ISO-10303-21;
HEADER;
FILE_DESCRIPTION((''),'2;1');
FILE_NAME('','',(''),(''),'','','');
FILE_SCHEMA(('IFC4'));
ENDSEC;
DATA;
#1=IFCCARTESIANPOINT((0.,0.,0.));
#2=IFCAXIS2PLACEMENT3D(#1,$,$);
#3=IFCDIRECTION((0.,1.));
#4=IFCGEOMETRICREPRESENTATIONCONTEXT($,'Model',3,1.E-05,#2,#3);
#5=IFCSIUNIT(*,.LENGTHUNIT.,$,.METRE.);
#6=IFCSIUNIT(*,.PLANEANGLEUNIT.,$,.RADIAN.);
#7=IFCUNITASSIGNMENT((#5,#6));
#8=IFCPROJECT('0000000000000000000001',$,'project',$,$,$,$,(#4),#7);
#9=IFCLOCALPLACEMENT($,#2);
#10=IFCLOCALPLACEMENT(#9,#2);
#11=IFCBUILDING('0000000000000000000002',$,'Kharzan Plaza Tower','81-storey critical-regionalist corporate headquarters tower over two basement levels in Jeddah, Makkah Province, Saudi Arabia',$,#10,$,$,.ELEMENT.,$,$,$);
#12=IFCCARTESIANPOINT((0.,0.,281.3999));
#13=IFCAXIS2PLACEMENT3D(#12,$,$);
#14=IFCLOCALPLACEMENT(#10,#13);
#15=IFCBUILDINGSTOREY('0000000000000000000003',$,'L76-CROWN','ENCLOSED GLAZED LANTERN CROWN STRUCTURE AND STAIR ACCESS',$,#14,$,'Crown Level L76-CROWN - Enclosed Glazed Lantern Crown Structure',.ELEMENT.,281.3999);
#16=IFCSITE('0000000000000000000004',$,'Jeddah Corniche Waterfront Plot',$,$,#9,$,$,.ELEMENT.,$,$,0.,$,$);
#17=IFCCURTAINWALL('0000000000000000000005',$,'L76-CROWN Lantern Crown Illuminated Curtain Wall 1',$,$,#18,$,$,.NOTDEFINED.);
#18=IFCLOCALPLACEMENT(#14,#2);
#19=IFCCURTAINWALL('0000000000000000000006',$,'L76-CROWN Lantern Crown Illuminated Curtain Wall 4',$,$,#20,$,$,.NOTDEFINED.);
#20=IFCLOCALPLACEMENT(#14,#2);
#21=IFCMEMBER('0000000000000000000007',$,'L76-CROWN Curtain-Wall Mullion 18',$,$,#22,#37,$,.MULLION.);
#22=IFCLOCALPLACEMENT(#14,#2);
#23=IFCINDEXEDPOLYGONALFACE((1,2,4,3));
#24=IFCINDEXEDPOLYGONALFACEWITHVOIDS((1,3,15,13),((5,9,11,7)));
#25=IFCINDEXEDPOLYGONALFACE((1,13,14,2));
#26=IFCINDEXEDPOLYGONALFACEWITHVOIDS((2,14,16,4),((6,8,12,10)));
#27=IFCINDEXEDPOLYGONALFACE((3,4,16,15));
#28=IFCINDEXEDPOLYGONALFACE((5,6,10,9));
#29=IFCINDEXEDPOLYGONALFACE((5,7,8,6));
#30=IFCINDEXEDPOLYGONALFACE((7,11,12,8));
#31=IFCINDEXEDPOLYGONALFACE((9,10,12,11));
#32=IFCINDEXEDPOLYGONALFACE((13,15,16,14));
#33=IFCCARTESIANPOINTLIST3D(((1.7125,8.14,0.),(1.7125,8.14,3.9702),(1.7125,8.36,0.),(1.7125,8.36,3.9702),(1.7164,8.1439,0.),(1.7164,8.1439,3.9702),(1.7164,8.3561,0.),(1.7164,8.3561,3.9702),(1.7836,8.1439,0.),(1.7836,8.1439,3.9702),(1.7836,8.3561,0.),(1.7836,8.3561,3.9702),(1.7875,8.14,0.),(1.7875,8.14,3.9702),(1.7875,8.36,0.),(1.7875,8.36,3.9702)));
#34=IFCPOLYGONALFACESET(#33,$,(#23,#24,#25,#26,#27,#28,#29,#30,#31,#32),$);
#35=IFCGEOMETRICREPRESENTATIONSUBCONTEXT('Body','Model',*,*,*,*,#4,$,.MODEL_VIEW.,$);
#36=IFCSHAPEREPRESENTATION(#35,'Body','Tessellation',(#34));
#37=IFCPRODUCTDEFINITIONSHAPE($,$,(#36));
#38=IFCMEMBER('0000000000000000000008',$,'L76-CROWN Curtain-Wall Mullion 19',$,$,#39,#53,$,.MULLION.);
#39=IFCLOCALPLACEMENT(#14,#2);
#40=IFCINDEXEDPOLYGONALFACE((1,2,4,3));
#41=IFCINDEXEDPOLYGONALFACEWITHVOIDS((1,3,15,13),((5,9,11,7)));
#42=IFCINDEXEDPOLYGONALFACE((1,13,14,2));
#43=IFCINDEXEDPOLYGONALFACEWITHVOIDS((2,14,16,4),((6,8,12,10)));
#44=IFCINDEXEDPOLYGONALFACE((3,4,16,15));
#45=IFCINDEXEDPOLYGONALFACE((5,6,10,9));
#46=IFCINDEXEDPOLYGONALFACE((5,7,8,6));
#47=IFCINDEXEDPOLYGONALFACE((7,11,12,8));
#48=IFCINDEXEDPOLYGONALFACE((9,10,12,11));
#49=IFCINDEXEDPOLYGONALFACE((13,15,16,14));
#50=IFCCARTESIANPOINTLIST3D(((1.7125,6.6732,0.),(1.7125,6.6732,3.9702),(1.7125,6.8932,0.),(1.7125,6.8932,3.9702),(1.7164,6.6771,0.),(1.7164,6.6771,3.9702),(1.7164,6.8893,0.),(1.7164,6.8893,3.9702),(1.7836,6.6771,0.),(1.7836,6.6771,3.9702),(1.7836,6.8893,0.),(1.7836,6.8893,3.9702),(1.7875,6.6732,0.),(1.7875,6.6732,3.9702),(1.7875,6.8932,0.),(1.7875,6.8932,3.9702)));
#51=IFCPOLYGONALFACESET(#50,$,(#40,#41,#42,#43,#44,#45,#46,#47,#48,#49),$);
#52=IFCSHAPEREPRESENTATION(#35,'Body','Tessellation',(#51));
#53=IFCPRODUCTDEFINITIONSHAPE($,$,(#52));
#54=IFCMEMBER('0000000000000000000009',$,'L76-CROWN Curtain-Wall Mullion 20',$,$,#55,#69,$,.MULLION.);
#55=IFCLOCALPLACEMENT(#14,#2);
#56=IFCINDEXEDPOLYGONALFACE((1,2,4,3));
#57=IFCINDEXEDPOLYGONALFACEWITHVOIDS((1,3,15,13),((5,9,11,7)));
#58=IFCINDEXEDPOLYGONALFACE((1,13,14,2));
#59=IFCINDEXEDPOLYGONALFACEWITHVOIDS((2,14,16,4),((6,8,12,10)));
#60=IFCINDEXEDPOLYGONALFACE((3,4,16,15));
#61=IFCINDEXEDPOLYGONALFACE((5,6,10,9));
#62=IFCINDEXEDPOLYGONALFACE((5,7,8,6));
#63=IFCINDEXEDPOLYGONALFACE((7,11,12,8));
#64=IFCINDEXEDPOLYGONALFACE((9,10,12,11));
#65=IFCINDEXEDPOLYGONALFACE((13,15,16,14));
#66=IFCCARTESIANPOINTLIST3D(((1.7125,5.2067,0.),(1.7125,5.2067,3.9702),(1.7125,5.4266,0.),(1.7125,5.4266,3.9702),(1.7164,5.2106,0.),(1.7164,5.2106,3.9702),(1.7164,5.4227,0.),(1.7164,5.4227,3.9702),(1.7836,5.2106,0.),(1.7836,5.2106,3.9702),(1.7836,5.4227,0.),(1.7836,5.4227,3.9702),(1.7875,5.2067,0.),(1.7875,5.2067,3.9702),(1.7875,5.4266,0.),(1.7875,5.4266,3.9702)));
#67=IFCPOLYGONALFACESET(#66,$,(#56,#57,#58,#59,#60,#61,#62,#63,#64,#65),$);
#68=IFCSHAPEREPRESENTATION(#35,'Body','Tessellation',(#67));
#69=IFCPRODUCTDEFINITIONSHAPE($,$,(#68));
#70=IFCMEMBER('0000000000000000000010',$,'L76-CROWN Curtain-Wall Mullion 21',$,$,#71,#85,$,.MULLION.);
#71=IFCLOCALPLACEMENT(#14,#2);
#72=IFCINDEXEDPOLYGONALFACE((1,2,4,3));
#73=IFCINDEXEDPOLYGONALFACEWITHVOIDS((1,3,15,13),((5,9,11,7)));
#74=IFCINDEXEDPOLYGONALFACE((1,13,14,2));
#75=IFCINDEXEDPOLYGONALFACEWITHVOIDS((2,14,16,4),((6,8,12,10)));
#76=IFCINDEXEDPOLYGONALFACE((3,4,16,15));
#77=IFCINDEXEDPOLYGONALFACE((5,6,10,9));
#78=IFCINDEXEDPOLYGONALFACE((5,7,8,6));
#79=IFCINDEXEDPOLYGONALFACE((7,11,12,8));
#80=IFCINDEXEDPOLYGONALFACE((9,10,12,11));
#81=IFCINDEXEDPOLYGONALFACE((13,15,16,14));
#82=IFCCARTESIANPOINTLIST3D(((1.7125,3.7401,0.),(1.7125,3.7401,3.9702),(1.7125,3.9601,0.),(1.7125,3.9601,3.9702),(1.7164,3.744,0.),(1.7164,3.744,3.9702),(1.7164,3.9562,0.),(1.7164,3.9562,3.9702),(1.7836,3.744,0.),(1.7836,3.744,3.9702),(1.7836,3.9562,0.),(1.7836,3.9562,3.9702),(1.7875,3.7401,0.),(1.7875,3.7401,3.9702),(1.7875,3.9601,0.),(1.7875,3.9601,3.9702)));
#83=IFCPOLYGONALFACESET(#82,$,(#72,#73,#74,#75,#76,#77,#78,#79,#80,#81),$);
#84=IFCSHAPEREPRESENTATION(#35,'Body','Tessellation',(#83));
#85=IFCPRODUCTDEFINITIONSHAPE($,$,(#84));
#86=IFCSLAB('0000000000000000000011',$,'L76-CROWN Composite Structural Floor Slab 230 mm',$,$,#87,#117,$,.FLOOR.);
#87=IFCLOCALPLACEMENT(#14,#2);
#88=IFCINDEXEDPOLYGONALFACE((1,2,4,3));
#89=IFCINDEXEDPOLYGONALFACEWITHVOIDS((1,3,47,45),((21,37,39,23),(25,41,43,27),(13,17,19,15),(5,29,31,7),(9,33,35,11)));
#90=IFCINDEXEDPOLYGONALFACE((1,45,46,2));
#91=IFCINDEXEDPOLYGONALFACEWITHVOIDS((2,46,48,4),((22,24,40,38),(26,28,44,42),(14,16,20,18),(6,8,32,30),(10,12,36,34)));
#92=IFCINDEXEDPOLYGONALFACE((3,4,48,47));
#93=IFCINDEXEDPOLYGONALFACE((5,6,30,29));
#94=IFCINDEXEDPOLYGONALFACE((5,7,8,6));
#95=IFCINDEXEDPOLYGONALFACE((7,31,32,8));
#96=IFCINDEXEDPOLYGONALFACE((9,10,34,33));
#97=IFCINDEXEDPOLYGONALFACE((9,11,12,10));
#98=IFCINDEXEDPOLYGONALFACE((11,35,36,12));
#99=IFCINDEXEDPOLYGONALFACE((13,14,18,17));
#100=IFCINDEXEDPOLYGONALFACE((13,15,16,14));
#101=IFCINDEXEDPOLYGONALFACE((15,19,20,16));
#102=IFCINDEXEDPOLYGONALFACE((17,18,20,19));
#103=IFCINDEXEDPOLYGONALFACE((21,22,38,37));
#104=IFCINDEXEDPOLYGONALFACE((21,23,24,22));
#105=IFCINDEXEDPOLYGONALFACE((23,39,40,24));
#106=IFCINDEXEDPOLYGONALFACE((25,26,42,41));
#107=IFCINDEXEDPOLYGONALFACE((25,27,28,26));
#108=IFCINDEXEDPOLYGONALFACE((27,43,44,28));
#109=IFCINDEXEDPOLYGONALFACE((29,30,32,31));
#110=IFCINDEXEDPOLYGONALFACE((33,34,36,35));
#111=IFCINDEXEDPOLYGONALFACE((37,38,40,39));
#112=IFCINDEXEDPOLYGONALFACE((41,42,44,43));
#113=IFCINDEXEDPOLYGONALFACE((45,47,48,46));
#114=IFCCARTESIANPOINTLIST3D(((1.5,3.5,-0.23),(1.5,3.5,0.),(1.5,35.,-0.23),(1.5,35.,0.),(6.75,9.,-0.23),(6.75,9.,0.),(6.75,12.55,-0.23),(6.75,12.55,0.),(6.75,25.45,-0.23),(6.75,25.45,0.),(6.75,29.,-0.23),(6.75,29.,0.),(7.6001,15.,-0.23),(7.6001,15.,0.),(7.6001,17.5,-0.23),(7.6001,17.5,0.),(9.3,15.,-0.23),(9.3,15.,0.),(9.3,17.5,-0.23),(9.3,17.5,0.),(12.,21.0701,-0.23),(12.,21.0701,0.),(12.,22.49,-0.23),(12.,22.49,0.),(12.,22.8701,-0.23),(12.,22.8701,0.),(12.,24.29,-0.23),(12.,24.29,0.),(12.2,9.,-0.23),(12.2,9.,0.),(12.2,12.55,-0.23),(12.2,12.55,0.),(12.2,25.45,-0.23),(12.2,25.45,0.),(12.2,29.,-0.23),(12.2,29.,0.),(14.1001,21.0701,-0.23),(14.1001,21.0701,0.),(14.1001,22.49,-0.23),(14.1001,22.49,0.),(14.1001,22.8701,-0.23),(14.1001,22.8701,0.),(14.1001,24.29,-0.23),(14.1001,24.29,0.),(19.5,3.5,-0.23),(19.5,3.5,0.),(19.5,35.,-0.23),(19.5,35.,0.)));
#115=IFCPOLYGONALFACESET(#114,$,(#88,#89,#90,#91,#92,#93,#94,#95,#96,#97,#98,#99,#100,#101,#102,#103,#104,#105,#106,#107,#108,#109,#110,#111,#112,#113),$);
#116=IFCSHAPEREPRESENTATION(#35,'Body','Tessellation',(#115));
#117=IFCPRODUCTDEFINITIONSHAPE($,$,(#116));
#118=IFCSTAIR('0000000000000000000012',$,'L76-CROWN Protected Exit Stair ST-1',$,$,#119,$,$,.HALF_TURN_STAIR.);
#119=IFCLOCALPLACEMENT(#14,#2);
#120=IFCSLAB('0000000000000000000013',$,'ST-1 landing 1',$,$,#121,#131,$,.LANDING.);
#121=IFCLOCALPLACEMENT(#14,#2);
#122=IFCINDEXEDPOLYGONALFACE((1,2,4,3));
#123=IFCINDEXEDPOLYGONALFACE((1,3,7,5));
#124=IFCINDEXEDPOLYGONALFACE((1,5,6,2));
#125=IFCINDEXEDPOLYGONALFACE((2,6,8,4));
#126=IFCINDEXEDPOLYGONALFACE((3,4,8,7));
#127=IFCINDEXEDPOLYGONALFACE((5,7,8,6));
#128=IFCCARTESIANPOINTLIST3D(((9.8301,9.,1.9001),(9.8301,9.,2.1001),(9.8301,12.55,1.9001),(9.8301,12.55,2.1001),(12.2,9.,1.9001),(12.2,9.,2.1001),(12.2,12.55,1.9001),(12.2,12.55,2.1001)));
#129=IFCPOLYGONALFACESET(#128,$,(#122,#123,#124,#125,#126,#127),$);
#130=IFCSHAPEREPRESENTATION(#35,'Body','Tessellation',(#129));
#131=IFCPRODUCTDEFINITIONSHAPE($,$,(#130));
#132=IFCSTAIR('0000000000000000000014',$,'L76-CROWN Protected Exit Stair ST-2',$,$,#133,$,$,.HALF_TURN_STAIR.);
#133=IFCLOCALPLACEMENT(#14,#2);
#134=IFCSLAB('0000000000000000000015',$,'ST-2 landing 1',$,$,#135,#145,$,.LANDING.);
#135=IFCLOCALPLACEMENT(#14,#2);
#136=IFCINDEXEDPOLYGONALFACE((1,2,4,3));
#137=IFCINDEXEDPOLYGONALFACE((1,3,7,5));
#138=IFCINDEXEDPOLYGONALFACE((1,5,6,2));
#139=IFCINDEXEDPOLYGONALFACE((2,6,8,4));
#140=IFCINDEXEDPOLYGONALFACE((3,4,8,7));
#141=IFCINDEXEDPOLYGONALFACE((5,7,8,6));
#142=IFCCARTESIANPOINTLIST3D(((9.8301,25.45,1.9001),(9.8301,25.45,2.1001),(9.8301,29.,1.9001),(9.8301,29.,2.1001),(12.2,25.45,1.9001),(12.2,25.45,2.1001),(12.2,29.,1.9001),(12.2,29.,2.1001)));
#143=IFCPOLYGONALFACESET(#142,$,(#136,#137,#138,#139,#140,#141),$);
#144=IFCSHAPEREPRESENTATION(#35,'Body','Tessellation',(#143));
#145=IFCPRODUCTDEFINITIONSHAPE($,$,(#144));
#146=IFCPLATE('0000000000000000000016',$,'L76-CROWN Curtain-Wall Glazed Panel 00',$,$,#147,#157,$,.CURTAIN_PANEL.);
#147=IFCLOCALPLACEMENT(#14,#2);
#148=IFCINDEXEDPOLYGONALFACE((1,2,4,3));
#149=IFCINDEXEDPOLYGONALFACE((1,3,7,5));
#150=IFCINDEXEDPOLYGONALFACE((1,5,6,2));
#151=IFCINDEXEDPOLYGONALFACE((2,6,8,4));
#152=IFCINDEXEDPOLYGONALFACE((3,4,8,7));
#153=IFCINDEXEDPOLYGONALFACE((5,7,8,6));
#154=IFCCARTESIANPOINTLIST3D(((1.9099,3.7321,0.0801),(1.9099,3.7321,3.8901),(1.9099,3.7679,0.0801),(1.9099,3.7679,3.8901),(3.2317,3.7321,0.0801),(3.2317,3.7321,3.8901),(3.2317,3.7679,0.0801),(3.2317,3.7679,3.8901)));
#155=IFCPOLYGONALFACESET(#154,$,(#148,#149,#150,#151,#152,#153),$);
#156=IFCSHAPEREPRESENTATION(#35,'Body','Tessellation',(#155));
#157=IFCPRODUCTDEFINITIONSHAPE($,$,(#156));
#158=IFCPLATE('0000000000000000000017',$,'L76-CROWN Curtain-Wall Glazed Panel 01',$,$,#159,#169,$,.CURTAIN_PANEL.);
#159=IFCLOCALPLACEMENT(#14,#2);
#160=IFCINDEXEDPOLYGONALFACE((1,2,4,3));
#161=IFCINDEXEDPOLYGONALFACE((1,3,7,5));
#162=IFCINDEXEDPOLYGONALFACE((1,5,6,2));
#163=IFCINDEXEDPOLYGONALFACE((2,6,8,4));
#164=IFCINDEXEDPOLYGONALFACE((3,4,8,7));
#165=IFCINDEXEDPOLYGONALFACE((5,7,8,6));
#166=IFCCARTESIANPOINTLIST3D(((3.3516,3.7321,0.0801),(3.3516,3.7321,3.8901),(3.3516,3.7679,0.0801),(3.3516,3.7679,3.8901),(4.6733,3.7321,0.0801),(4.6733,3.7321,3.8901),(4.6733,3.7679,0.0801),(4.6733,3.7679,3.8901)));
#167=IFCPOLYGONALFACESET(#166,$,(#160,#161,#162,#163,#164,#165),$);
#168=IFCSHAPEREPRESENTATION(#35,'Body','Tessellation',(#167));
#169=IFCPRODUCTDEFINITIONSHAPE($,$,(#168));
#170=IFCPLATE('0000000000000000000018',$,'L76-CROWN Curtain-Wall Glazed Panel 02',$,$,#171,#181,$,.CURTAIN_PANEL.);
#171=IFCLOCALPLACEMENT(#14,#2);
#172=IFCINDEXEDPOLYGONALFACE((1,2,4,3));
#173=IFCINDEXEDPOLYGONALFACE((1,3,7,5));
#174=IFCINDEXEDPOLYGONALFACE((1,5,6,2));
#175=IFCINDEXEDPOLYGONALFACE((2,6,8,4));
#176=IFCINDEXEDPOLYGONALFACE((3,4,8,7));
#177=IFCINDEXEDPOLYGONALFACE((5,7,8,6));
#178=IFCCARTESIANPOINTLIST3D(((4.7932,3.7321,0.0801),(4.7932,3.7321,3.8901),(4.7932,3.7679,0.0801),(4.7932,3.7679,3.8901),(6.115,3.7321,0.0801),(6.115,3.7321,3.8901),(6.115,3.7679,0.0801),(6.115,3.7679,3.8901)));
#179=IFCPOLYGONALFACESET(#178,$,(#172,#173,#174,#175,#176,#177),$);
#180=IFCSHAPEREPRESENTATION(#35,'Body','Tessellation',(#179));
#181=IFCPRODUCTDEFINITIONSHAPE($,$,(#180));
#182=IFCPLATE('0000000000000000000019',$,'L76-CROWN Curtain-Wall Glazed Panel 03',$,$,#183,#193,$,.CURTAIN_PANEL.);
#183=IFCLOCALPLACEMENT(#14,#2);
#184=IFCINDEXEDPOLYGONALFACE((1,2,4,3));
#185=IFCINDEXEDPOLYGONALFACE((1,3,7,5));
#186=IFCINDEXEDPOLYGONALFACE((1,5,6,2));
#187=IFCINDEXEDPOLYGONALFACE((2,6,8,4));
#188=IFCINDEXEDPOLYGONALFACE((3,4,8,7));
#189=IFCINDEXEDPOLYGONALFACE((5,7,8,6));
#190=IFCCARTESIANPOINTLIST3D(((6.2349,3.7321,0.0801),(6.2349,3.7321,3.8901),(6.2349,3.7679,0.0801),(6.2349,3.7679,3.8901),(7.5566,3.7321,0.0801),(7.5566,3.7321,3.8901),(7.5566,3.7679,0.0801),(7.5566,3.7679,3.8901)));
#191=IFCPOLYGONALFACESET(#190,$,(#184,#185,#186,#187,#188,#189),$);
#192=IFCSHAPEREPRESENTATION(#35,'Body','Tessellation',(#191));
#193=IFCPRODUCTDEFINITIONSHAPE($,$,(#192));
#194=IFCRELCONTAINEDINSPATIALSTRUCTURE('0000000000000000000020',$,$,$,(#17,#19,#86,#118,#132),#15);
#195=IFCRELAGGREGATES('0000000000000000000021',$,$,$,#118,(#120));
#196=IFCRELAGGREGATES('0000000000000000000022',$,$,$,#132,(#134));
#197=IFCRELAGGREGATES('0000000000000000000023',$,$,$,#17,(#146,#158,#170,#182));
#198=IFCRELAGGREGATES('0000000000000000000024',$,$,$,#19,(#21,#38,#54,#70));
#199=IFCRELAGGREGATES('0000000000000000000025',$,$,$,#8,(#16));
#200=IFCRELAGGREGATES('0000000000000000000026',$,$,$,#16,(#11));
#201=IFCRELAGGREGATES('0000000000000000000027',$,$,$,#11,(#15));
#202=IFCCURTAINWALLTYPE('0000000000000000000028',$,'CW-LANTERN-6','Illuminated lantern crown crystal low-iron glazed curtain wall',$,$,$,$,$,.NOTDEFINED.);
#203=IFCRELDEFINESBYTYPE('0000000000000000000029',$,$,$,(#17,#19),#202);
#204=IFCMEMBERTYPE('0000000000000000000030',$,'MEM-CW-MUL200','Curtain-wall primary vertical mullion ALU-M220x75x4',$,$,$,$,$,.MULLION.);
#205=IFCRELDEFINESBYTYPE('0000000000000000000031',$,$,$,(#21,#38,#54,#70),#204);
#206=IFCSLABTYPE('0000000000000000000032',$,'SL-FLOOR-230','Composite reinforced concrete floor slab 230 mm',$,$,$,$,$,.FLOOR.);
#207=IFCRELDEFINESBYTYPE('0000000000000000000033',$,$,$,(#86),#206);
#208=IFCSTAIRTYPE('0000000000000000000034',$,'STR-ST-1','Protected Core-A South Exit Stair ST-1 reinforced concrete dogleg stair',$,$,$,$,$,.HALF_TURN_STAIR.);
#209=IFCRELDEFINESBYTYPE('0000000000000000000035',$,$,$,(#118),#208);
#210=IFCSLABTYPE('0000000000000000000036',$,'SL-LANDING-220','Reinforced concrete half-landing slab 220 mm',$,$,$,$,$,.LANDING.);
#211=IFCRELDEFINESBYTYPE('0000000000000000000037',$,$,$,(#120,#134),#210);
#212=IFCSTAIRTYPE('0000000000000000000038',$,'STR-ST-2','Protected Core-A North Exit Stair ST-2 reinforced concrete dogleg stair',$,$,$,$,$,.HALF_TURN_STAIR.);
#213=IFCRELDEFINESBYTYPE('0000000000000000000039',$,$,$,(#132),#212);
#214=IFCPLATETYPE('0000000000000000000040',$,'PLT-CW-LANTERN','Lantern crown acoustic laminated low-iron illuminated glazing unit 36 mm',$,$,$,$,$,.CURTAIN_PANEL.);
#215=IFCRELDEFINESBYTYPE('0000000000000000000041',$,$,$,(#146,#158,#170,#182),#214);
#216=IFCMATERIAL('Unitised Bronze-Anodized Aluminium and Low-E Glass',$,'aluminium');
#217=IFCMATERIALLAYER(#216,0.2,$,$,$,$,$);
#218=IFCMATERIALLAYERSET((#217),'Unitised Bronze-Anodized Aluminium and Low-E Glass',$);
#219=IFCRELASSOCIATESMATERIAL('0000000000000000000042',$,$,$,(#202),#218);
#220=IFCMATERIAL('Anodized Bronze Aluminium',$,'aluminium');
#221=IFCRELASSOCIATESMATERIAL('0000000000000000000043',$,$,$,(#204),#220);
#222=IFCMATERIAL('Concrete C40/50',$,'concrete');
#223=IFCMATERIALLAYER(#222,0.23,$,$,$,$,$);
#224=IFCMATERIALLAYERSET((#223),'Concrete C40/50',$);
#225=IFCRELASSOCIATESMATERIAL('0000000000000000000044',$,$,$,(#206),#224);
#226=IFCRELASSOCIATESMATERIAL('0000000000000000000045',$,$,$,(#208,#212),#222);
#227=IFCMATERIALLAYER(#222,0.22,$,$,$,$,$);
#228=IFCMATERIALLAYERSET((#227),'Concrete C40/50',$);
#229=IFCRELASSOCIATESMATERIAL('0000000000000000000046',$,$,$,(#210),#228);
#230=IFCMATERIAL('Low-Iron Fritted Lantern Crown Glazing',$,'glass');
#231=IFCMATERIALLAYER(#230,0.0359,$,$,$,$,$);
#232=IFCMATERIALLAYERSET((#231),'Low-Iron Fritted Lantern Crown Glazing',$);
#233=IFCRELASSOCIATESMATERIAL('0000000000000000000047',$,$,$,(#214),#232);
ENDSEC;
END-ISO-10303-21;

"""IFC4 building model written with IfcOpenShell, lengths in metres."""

from ifc_helpers import new_model, si_unit, direction, frame, origin, origin_2d, place, context, subcontext, project, spatial, polyline, rectangle, hollow_rectangle, outline, extrude, source, transform, mapped, material, layer, layer_set, material_profile, profile_set, type_object, element, aggregate, save


model = new_model("IFC4")

# Units and contexts
model_context = context("Model", 3, precision=1e-05, world=origin(), true_north=direction((0.0, 1.0)))
body_context = subcontext(model_context, "Body", "Model", "MODEL_VIEW")
ifc_project = project(units=[si_unit("LENGTHUNIT", "METRE"), si_unit("PLANEANGLEUNIT", "RADIAN")], contexts=[model_context])

# Site, building, storey
site_placement = place(None, origin())
site = spatial("IfcSite", under=ifc_project, at=site_placement, Name="Jeddah Corniche Waterfront Plot", CompositionType="ELEMENT", RefElevation=0.0)
building_placement = place(site_placement, origin())
building = spatial("IfcBuilding", under=site, at=building_placement, Name="Kharzan Plaza Tower", Description="81-storey critical-regionalist corporate headquarters tower over two basement levels in Jeddah, Makkah Province, Saudi Arabia", CompositionType="ELEMENT")
storey_placement = place(building_placement, frame((0.0, 0.0, 281.3999)))
storey = spatial("IfcBuildingStorey", under=building, at=storey_placement, Name="L76-CROWN", Description="ENCLOSED GLAZED LANTERN CROWN STRUCTURE AND STAIR ACCESS", LongName="Crown Level L76-CROWN - Enclosed Glazed Lantern Crown Structure", CompositionType="ELEMENT", Elevation=281.3999)

# Curtain walls, members
ifc_material_1 = material(Name="Unitised Bronze-Anodized Aluminium and Low-E Glass", Category="aluminium")
ifc_layer_1 = layer(ifc_material_1, 0.2)
ifc_layer_set_1 = layer_set([ifc_layer_1], Name="Unitised Bronze-Anodized Aluminium and Low-E Glass")
curtain_wall_type = type_object("IfcCurtainWallType", Name="CW-LANTERN-6", Description="Illuminated lantern crown crystal low-iron glazed curtain wall", PredefinedType="NOTDEFINED", material=ifc_layer_set_1)
curtain_wall_1_placement = place(storey_placement, origin())
curtain_wall_1 = element("IfcCurtainWall", 1, at=curtain_wall_1_placement, inside=storey, type_object=curtain_wall_type, Name="L76-CROWN Lantern Crown Illuminated Curtain Wall 1", PredefinedType="NOTDEFINED")
ifc_material_2 = material(Name="Anodized Bronze Aluminium", Category="aluminium")
ifc_material_profile_1 = material_profile(ifc_material_2, hollow_rectangle(XDim=0.075, YDim=0.22, WallThickness=0.0039, at=origin_2d()), Name="ALU-M220x75x4")
ifc_profile_set_1 = profile_set([ifc_material_profile_1], Name="Anodized Bronze Aluminium")
member_type_1 = type_object("IfcMemberType", Name="MEM-CW-MUL200", Description="Curtain-wall primary vertical mullion ALU-M220x75x4", PredefinedType="MULLION", material=ifc_profile_set_1)
shared_shape_1 = source(origin(), body_context, "Body", "SweptSolid", [
    extrude(hollow_rectangle(XDim=0.075, YDim=0.22, WallThickness=0.0039, at=origin_2d()), origin(), (0.0, 0.0, 1.0), 3.9702),
])
curtain_wall_2_placement = place(storey_placement, origin())
curtain_wall_2 = element("IfcCurtainWall", 2, at=curtain_wall_2_placement, inside=storey, type_object=curtain_wall_type, Name="L76-CROWN Lantern Crown Illuminated Curtain Wall 4", PredefinedType="NOTDEFINED")
member_1_placement = place(storey_placement, frame((1.75, 8.25, 0.0), z_axis=(0.0, 0.0, 1.0), x_axis=(1.0, 0.0, 0.0)))
member_1 = element("IfcMember", 3, at=member_1_placement, type_object=member_type_1, Name="L76-CROWN Curtain-Wall Mullion 18", PredefinedType="MULLION", context=body_context, shape_type="MappedRepresentation", body=[
    mapped(shared_shape_1, transform((0.0, 0.0, 0.0), x_axis=(1.0, 0.0, 0.0), y_axis=(0.0, 1.0, 0.0), z_axis=(0.0, 0.0, 1.0))),
])
member_2_placement = place(storey_placement, frame((1.75, 6.7832, 0.0), z_axis=(0.0, 0.0, 1.0), x_axis=(1.0, 0.0, 0.0)))
member_2 = element("IfcMember", 4, at=member_2_placement, type_object=member_type_1, Name="L76-CROWN Curtain-Wall Mullion 19", PredefinedType="MULLION", context=body_context, shape_type="MappedRepresentation", body=[
    mapped(shared_shape_1, transform((0.0, 0.0, 0.0), x_axis=(1.0, 0.0, 0.0), y_axis=(0.0, 1.0, 0.0), z_axis=(0.0, 0.0, 1.0))),
])
member_3_placement = place(storey_placement, frame((1.75, 5.3167, 0.0), z_axis=(0.0, 0.0, 1.0), x_axis=(1.0, 0.0, 0.0)))
member_3 = element("IfcMember", 5, at=member_3_placement, type_object=member_type_1, Name="L76-CROWN Curtain-Wall Mullion 20", PredefinedType="MULLION", context=body_context, shape_type="MappedRepresentation", body=[
    mapped(shared_shape_1, transform((0.0, 0.0, 0.0), x_axis=(1.0, 0.0, 0.0), y_axis=(0.0, 1.0, 0.0), z_axis=(0.0, 0.0, 1.0))),
])
member_4_placement = place(storey_placement, frame((1.75, 3.8501, 0.0), z_axis=(0.0, 0.0, 1.0), x_axis=(1.0, 0.0, 0.0)))
member_4 = element("IfcMember", 6, at=member_4_placement, type_object=member_type_1, Name="L76-CROWN Curtain-Wall Mullion 21", PredefinedType="MULLION", context=body_context, shape_type="MappedRepresentation", body=[
    mapped(shared_shape_1, transform((0.0, 0.0, 0.0), x_axis=(1.0, 0.0, 0.0), y_axis=(0.0, 1.0, 0.0), z_axis=(0.0, 0.0, 1.0))),
])

# Slab
ifc_material_3 = material(Name="Concrete C40/50", Category="concrete")
ifc_layer_2 = layer(ifc_material_3, 0.23)
ifc_layer_set_2 = layer_set([ifc_layer_2], Name="Concrete C40/50")
slab_type_1 = type_object("IfcSlabType", Name="SL-FLOOR-230", Description="Composite reinforced concrete floor slab 230 mm", PredefinedType="FLOOR", material=ifc_layer_set_2)
slab_1_placement = place(storey_placement, frame((0.0, 0.0, -0.23)))
element("IfcSlab", 7, at=slab_1_placement, inside=storey, type_object=slab_type_1, Name="L76-CROWN Composite Structural Floor Slab 230 mm", PredefinedType="FLOOR", context=body_context, shape_type="SweptSolid", body=[
    extrude(outline(polyline([(1.5, 3.5), (19.5, 3.5), (19.5, 35.0), (1.5, 35.0), (1.5, 3.5)]), holes=[polyline([(6.75, 12.55), (6.75, 9.0), (12.2, 9.0), (12.2, 12.55), (6.75, 12.55)]), polyline([(7.6001, 17.5), (7.6001, 15.0), (9.3, 15.0), (9.3, 17.5), (7.6001, 17.5)]), polyline([(12.0, 22.49), (12.0, 21.0701), (14.1001, 21.0701), (14.1001, 22.49), (12.0, 22.49)]), polyline([(14.1001, 24.29), (12.0, 24.29), (12.0, 22.8701), (14.1001, 22.8701), (14.1001, 24.29)]), polyline([(12.2, 29.0), (6.75, 29.0), (6.75, 25.45), (12.2, 25.45), (12.2, 29.0)])]), origin(), (0.0, 0.0, 1.0), 0.23),
])

# Stairs, slabs
stair_type_1 = type_object("IfcStairType", Name="STR-ST-1", Description="Protected Core-A South Exit Stair ST-1 reinforced concrete dogleg stair", PredefinedType="HALF_TURN_STAIR", material=ifc_material_3)
stair_1_placement = place(storey_placement, origin())
stair_1 = element("IfcStair", 8, at=stair_1_placement, inside=storey, type_object=stair_type_1, Name="L76-CROWN Protected Exit Stair ST-1", PredefinedType="HALF_TURN_STAIR")
ifc_layer_3 = layer(ifc_material_3, 0.22)
ifc_layer_set_3 = layer_set([ifc_layer_3], Name="Concrete C40/50")
slab_type_2 = type_object("IfcSlabType", Name="SL-LANDING-220", Description="Reinforced concrete half-landing slab 220 mm", PredefinedType="LANDING", material=ifc_layer_set_3)
slab_2_placement = place(storey_placement, frame((0.0, 0.0, 1.9001)))
slab_2 = element("IfcSlab", 9, at=slab_2_placement, type_object=slab_type_2, Name="ST-1 landing 1", PredefinedType="LANDING", context=body_context, shape_type="SweptSolid", body=[
    extrude(outline(polyline([(9.8301, 9.0), (12.2, 9.0), (12.2, 12.55), (9.8301, 12.55), (9.8301, 9.0)])), origin(), (0.0, 0.0, 1.0), 0.2),
])
aggregate(stair_1, [slab_2])
stair_type_2 = type_object("IfcStairType", Name="STR-ST-2", Description="Protected Core-A North Exit Stair ST-2 reinforced concrete dogleg stair", PredefinedType="HALF_TURN_STAIR", material=ifc_material_3)
stair_2_placement = place(storey_placement, origin())
stair_2 = element("IfcStair", 10, at=stair_2_placement, inside=storey, type_object=stair_type_2, Name="L76-CROWN Protected Exit Stair ST-2", PredefinedType="HALF_TURN_STAIR")
slab_3_placement = place(storey_placement, frame((0.0, 0.0, 1.9001)))
slab_3 = element("IfcSlab", 11, at=slab_3_placement, type_object=slab_type_2, Name="ST-2 landing 1", PredefinedType="LANDING", context=body_context, shape_type="SweptSolid", body=[
    extrude(outline(polyline([(9.8301, 25.45), (12.2, 25.45), (12.2, 29.0), (9.8301, 29.0), (9.8301, 25.45)])), origin(), (0.0, 0.0, 1.0), 0.2),
])
aggregate(stair_2, [slab_3])

# Plates
ifc_material_4 = material(Name="Low-Iron Fritted Lantern Crown Glazing", Category="glass")
ifc_layer_4 = layer(ifc_material_4, 0.0359)
ifc_layer_set_4 = layer_set([ifc_layer_4], Name="Low-Iron Fritted Lantern Crown Glazing")
plate_type = type_object("IfcPlateType", Name="PLT-CW-LANTERN", Description="Lantern crown acoustic laminated low-iron illuminated glazing unit 36 mm", PredefinedType="CURTAIN_PANEL", material=ifc_layer_set_4)
shared_shape_2 = source(origin(), body_context, "Body", "SweptSolid", [
    extrude(rectangle(XDim=1.3218, YDim=0.0359, at=origin_2d()), origin(), (0.0, 0.0, 1.0), 3.8101),
])
plate_1_placement = place(storey_placement, frame((2.5708, 3.75, 0.0801), z_axis=(0.0, 0.0, 1.0), x_axis=(1.0, 0.0, 0.0)))
plate_1 = element("IfcPlate", 12, at=plate_1_placement, type_object=plate_type, Name="L76-CROWN Curtain-Wall Glazed Panel 00", PredefinedType="CURTAIN_PANEL", context=body_context, shape_type="MappedRepresentation", body=[
    mapped(shared_shape_2, transform((0.0, 0.0, 0.0), x_axis=(1.0, 0.0, 0.0), y_axis=(0.0, 1.0, 0.0), z_axis=(0.0, 0.0, 1.0))),
])
plate_2_placement = place(storey_placement, frame((4.0125, 3.75, 0.0801), z_axis=(0.0, 0.0, 1.0), x_axis=(1.0, 0.0, 0.0)))
plate_2 = element("IfcPlate", 13, at=plate_2_placement, type_object=plate_type, Name="L76-CROWN Curtain-Wall Glazed Panel 01", PredefinedType="CURTAIN_PANEL", context=body_context, shape_type="MappedRepresentation", body=[
    mapped(shared_shape_2, transform((0.0, 0.0, 0.0), x_axis=(1.0, 0.0, 0.0), y_axis=(0.0, 1.0, 0.0), z_axis=(0.0, 0.0, 1.0))),
])
plate_3_placement = place(storey_placement, frame((5.4541, 3.75, 0.0801), z_axis=(0.0, 0.0, 1.0), x_axis=(1.0, 0.0, 0.0)))
plate_3 = element("IfcPlate", 14, at=plate_3_placement, type_object=plate_type, Name="L76-CROWN Curtain-Wall Glazed Panel 02", PredefinedType="CURTAIN_PANEL", context=body_context, shape_type="MappedRepresentation", body=[
    mapped(shared_shape_2, transform((0.0, 0.0, 0.0), x_axis=(1.0, 0.0, 0.0), y_axis=(0.0, 1.0, 0.0), z_axis=(0.0, 0.0, 1.0))),
])
plate_4_placement = place(storey_placement, frame((6.8958, 3.75, 0.0801), z_axis=(0.0, 0.0, 1.0), x_axis=(1.0, 0.0, 0.0)))
plate_4 = element("IfcPlate", 15, at=plate_4_placement, type_object=plate_type, Name="L76-CROWN Curtain-Wall Glazed Panel 03", PredefinedType="CURTAIN_PANEL", context=body_context, shape_type="MappedRepresentation", body=[
    mapped(shared_shape_2, transform((0.0, 0.0, 0.0), x_axis=(1.0, 0.0, 0.0), y_axis=(0.0, 1.0, 0.0), z_axis=(0.0, 0.0, 1.0))),
])
aggregate(curtain_wall_1, [plate_1, plate_2, plate_3, plate_4])
aggregate(curtain_wall_2, [member_1, member_2, member_3, member_4])

save(model, "model.ifc")
